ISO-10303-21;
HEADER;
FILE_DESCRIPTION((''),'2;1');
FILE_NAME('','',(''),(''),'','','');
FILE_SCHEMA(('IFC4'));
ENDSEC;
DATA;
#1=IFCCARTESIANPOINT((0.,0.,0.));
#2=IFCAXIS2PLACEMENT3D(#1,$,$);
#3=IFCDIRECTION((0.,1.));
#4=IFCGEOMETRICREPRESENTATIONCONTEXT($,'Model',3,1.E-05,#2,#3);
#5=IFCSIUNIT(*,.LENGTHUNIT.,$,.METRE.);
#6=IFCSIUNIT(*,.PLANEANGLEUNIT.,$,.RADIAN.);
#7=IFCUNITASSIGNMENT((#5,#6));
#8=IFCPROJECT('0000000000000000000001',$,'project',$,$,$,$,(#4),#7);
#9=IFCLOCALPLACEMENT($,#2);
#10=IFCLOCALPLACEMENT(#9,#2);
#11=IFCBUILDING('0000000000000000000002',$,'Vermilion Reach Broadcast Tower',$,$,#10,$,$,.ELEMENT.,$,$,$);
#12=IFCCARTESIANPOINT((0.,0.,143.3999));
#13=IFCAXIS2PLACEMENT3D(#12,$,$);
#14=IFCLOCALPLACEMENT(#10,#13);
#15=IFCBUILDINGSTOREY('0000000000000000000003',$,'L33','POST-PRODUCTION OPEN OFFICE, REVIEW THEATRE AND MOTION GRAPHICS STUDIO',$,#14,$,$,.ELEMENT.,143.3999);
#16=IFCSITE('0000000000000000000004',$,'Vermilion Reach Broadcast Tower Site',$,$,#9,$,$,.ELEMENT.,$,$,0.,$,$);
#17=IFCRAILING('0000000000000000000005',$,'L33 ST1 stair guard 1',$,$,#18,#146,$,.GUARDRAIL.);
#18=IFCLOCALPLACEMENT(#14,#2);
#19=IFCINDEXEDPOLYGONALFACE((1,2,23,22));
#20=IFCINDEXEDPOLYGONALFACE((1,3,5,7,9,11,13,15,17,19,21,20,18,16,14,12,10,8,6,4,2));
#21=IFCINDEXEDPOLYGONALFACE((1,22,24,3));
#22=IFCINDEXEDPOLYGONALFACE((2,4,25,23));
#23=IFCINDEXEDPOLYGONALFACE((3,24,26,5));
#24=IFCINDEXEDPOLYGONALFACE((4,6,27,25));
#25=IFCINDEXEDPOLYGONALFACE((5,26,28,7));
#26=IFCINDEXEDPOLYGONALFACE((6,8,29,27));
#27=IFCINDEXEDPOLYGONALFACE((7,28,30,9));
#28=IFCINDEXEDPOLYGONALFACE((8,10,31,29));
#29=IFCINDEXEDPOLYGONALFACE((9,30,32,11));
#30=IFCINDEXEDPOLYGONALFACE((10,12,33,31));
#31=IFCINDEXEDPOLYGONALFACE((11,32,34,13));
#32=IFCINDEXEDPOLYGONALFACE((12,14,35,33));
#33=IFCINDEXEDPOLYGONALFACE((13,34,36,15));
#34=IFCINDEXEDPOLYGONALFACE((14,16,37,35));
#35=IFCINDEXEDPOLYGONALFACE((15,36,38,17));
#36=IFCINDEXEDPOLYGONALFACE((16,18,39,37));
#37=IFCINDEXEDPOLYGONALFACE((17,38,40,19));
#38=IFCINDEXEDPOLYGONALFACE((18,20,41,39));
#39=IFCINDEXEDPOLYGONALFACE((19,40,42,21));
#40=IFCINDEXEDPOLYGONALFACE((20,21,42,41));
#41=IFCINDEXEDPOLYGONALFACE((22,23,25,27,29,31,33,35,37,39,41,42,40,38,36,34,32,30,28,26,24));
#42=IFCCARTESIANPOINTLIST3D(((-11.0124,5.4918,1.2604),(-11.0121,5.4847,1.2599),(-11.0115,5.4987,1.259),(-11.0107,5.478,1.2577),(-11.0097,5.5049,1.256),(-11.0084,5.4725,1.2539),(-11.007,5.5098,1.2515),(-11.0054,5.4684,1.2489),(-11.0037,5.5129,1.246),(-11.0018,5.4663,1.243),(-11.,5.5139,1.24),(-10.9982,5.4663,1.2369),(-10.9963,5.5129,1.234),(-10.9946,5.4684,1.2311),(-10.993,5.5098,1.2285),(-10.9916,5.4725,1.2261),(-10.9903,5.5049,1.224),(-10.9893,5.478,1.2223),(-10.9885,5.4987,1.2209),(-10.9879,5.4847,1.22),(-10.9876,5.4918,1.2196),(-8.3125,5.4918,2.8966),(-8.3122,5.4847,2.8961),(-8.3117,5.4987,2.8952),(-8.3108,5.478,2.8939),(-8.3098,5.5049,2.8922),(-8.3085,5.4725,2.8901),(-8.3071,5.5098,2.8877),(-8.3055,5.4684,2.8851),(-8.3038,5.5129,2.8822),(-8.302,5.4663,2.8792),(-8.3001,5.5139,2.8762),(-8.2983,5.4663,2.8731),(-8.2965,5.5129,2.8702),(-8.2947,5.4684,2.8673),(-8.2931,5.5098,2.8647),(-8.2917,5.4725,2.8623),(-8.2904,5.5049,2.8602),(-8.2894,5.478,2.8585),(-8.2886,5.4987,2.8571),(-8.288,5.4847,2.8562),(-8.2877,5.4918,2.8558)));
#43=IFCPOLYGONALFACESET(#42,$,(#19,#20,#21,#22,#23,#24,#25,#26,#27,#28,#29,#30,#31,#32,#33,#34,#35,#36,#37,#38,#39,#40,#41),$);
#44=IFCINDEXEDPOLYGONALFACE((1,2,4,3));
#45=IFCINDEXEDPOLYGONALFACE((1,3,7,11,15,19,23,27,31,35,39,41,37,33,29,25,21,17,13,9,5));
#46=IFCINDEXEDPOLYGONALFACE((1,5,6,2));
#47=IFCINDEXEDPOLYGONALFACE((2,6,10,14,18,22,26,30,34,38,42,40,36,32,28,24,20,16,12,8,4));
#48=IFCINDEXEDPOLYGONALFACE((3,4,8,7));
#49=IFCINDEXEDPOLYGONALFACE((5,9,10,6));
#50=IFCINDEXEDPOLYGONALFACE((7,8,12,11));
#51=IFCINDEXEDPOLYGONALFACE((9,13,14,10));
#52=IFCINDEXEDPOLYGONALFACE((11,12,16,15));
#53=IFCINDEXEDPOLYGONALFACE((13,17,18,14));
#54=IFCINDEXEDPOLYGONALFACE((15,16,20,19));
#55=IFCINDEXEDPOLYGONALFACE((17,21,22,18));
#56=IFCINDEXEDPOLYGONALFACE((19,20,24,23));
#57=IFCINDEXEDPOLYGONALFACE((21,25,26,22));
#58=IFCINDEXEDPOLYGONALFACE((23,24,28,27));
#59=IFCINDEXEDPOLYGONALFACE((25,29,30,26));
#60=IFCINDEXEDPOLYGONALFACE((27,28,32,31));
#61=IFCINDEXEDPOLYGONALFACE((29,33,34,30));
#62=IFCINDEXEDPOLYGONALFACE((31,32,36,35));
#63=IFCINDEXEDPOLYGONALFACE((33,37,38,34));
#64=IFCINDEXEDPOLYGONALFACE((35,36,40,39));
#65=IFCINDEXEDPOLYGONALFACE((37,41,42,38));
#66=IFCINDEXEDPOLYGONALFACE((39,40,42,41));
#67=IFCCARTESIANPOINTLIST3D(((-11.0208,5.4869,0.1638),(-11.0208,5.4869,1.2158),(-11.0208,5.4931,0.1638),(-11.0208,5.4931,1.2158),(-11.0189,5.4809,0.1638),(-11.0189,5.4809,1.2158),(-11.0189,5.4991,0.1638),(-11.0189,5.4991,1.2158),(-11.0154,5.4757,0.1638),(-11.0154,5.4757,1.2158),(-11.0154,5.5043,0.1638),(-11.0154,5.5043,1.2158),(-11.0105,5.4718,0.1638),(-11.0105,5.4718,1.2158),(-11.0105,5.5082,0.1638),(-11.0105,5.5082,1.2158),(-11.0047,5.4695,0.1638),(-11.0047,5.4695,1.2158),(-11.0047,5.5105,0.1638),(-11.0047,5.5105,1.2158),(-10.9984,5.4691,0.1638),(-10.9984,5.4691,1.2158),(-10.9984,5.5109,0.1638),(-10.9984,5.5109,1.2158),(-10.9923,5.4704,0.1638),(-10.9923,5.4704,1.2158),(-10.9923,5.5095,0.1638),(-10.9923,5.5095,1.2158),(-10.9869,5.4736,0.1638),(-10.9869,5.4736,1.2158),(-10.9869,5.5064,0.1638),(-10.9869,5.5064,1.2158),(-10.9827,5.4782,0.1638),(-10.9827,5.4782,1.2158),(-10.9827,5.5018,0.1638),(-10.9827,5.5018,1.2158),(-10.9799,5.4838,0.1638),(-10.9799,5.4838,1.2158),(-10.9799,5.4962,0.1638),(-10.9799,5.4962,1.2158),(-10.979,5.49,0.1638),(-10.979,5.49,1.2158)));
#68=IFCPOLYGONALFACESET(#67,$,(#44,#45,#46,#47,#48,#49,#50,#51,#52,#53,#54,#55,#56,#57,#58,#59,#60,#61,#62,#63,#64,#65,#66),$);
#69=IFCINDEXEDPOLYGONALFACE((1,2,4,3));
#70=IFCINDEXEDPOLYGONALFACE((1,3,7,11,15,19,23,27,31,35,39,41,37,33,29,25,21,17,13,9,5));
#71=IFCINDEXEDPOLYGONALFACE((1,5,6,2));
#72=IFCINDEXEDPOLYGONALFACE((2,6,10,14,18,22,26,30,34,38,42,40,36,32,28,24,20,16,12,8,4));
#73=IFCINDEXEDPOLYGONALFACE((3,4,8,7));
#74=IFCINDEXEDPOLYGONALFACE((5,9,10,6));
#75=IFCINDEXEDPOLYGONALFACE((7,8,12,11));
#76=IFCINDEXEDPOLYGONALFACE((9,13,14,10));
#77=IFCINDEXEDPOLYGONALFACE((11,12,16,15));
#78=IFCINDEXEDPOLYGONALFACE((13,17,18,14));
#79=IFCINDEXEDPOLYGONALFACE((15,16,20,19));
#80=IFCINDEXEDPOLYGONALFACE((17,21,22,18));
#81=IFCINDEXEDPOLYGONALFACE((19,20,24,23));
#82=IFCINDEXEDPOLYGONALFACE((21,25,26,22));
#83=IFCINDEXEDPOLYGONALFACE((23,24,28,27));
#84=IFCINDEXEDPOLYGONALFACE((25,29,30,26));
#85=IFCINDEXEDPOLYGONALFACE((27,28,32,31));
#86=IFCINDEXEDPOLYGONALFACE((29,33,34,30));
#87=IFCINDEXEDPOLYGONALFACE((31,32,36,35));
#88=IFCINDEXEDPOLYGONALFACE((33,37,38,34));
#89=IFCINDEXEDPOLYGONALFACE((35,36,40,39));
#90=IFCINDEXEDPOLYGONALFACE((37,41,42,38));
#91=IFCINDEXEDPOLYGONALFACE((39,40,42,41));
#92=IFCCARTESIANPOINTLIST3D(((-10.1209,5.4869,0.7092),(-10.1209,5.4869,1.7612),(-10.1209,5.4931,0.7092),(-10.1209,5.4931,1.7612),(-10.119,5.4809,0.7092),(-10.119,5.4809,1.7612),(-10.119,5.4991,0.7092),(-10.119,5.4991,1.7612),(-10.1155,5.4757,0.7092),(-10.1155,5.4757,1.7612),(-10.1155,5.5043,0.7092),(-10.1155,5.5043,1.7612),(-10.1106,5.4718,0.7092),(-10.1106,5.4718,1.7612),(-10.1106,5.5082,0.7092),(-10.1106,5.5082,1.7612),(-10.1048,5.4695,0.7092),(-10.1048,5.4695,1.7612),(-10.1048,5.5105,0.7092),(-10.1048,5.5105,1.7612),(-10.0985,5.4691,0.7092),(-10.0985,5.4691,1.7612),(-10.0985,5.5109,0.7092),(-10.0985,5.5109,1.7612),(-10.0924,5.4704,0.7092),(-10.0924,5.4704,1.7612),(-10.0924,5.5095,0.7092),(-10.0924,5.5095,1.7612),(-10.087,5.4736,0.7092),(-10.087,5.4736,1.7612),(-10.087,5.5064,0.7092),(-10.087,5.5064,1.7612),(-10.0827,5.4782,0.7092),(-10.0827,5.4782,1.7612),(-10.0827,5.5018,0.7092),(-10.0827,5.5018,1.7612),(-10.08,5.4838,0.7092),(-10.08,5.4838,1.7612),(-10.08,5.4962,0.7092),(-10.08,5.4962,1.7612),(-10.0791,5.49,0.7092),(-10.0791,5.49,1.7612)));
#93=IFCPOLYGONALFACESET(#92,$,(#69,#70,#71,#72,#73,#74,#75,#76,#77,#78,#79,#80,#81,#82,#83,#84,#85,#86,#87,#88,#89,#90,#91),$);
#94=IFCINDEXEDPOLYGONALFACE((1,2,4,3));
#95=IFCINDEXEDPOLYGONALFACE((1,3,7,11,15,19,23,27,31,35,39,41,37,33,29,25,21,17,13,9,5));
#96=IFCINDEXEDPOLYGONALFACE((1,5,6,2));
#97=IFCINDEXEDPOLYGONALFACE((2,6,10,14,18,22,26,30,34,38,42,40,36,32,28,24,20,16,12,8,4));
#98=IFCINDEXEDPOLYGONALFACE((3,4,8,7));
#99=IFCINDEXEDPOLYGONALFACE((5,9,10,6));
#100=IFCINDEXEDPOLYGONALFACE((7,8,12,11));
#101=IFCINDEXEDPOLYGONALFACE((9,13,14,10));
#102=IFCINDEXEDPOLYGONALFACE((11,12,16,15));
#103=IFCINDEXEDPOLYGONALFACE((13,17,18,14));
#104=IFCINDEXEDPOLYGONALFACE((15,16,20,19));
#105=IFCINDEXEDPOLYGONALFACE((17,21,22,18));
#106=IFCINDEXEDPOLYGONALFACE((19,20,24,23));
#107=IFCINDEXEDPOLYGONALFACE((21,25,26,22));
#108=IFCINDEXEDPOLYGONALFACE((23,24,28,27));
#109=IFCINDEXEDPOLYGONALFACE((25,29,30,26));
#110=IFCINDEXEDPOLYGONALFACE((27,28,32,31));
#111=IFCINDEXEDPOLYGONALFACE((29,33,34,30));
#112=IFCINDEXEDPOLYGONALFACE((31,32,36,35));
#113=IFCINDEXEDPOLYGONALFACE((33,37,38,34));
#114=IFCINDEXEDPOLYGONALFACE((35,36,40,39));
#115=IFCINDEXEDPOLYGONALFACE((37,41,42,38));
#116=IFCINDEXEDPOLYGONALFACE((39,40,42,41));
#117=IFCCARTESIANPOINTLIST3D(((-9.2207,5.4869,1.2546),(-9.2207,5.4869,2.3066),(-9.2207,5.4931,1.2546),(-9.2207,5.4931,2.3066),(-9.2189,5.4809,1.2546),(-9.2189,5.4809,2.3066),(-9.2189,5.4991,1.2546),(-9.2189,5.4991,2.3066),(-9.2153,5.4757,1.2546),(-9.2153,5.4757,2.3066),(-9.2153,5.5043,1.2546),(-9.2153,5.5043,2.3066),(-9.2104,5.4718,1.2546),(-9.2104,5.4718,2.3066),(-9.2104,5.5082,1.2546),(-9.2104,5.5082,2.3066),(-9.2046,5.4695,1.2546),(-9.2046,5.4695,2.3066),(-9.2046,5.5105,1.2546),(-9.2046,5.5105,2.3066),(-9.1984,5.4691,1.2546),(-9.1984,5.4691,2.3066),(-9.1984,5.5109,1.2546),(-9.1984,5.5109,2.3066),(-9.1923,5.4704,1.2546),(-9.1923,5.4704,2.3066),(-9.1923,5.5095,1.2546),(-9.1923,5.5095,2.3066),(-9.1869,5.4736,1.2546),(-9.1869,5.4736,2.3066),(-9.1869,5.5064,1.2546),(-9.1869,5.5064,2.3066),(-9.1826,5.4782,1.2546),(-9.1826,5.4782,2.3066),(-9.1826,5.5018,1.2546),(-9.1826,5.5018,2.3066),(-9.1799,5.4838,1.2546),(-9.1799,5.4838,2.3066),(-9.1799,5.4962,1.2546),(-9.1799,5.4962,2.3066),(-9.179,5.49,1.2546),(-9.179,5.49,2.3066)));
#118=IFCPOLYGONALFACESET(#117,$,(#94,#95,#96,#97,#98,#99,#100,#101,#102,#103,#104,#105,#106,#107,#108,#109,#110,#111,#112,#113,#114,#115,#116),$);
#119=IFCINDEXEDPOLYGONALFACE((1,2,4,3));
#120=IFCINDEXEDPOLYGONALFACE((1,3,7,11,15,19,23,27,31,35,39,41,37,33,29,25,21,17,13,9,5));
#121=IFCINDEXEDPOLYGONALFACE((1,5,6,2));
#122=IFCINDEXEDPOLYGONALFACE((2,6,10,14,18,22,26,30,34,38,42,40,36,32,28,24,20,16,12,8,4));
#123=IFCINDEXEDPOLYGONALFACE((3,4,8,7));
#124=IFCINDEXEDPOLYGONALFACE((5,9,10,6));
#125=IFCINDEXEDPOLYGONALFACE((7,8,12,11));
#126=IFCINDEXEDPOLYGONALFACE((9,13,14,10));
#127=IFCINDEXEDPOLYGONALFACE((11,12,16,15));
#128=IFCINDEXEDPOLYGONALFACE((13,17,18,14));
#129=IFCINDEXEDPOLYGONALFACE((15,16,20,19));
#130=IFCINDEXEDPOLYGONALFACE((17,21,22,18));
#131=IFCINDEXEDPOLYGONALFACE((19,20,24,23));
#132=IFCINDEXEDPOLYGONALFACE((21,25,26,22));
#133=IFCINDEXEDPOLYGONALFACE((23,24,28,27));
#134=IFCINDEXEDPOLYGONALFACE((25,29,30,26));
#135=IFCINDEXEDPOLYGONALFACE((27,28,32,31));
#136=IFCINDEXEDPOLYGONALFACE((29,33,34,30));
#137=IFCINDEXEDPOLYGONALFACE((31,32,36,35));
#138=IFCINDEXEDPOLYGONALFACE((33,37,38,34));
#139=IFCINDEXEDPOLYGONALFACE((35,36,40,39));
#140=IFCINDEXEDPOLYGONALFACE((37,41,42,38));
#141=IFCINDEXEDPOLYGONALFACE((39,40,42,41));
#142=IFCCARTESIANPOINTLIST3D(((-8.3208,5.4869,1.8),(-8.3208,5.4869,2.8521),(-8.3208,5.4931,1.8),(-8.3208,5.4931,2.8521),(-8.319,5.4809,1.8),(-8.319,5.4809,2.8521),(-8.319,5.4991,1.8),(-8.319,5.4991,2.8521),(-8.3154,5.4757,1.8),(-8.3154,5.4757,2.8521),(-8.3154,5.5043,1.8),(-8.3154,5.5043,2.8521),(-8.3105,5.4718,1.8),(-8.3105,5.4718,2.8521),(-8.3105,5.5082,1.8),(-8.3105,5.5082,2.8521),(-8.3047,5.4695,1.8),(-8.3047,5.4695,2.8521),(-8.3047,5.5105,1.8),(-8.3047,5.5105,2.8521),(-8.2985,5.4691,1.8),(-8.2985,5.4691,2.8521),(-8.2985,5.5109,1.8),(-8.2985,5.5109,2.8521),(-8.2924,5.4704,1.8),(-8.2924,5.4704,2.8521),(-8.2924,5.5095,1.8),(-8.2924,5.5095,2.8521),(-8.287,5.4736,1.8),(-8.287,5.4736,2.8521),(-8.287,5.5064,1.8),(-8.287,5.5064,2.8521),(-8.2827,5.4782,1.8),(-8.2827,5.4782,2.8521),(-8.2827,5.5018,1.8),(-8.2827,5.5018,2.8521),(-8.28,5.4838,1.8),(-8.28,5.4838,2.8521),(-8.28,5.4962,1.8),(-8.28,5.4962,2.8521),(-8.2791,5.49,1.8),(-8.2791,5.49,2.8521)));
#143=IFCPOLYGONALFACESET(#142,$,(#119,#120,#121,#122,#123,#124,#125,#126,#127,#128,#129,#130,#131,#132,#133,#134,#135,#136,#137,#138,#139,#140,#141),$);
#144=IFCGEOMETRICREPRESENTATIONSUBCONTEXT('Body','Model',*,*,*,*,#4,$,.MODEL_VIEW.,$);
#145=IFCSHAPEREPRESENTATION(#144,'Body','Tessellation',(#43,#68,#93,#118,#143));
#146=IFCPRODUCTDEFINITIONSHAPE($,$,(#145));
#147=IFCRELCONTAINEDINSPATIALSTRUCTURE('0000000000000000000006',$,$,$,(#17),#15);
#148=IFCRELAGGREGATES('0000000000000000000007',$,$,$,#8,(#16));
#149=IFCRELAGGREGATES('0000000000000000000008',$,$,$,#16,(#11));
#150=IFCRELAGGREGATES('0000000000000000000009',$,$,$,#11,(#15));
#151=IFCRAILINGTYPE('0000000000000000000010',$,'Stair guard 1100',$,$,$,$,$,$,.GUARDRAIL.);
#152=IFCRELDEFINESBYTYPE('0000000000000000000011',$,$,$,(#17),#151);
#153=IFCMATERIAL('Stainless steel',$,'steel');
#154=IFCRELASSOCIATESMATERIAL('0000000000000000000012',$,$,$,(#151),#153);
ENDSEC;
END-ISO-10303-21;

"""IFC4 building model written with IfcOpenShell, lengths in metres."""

from ifc_helpers import new_model, si_unit, direction, frame, origin, origin_2d, place, context, subcontext, project, spatial, circle, extrude, material, type_object, element, save


model = new_model("IFC4")

# Units and contexts
model_context = context("Model", 3, precision=1e-05, world=origin(), true_north=direction((0.0, 1.0)))
body_context = subcontext(model_context, "Body", "Model", "MODEL_VIEW")
ifc_project = project(units=[si_unit("LENGTHUNIT", "METRE"), si_unit("PLANEANGLEUNIT", "RADIAN")], contexts=[model_context])

# Site, building, storey
site_placement = place(None, origin())
site = spatial("IfcSite", under=ifc_project, at=site_placement, Name="Vermilion Reach Broadcast Tower Site", CompositionType="ELEMENT", RefElevation=0.0)
building_placement = place(site_placement, origin())
building = spatial("IfcBuilding", under=site, at=building_placement, Name="Vermilion Reach Broadcast Tower", CompositionType="ELEMENT")
storey_placement = place(building_placement, frame((0.0, 0.0, 143.3999)))
storey = spatial("IfcBuildingStorey", under=building, at=storey_placement, Name="L33", Description="POST-PRODUCTION OPEN OFFICE, REVIEW THEATRE AND MOTION GRAPHICS STUDIO", CompositionType="ELEMENT", Elevation=143.3999)

# Railing
ifc_material_1 = material(Name="Stainless steel", Category="steel")
railing_type_1 = type_object("IfcRailingType", Name="Stair guard 1100", PredefinedType="GUARDRAIL", material=ifc_material_1)
railing_1_placement = place(storey_placement, frame((-11.0, 5.49, 0.1638)))
element("IfcRailing", 1, at=railing_1_placement, inside=storey, type_object=railing_type_1, Name="L33 ST1 stair guard 1", PredefinedType="GUARDRAIL", context=body_context, shape_type="SweptSolid", body=[
    extrude(circle(Radius=0.0239, at=origin_2d()), frame((0.0, 0.0, 1.0762), z_axis=(0.855212, 0.0, 0.518278), x_axis=(0.0, 1.0, 0.0)), (0.0, 0.0, 1.0), 3.157),
    extrude(circle(Radius=0.021, at=origin_2d()), origin(), (0.0, 0.0, 1.0), 1.052),
    extrude(circle(Radius=0.021, at=origin_2d()), frame((0.8999, 0.0, 0.5454)), (0.0, 0.0, 1.0), 1.052),
    extrude(circle(Radius=0.021, at=origin_2d()), frame((1.8, 0.0, 1.0908)), (0.0, 0.0, 1.0), 1.052),
    extrude(circle(Radius=0.021, at=origin_2d()), frame((2.7, 0.0, 1.6362)), (0.0, 0.0, 1.0), 1.052),
])

save(model, "model.ifc")
